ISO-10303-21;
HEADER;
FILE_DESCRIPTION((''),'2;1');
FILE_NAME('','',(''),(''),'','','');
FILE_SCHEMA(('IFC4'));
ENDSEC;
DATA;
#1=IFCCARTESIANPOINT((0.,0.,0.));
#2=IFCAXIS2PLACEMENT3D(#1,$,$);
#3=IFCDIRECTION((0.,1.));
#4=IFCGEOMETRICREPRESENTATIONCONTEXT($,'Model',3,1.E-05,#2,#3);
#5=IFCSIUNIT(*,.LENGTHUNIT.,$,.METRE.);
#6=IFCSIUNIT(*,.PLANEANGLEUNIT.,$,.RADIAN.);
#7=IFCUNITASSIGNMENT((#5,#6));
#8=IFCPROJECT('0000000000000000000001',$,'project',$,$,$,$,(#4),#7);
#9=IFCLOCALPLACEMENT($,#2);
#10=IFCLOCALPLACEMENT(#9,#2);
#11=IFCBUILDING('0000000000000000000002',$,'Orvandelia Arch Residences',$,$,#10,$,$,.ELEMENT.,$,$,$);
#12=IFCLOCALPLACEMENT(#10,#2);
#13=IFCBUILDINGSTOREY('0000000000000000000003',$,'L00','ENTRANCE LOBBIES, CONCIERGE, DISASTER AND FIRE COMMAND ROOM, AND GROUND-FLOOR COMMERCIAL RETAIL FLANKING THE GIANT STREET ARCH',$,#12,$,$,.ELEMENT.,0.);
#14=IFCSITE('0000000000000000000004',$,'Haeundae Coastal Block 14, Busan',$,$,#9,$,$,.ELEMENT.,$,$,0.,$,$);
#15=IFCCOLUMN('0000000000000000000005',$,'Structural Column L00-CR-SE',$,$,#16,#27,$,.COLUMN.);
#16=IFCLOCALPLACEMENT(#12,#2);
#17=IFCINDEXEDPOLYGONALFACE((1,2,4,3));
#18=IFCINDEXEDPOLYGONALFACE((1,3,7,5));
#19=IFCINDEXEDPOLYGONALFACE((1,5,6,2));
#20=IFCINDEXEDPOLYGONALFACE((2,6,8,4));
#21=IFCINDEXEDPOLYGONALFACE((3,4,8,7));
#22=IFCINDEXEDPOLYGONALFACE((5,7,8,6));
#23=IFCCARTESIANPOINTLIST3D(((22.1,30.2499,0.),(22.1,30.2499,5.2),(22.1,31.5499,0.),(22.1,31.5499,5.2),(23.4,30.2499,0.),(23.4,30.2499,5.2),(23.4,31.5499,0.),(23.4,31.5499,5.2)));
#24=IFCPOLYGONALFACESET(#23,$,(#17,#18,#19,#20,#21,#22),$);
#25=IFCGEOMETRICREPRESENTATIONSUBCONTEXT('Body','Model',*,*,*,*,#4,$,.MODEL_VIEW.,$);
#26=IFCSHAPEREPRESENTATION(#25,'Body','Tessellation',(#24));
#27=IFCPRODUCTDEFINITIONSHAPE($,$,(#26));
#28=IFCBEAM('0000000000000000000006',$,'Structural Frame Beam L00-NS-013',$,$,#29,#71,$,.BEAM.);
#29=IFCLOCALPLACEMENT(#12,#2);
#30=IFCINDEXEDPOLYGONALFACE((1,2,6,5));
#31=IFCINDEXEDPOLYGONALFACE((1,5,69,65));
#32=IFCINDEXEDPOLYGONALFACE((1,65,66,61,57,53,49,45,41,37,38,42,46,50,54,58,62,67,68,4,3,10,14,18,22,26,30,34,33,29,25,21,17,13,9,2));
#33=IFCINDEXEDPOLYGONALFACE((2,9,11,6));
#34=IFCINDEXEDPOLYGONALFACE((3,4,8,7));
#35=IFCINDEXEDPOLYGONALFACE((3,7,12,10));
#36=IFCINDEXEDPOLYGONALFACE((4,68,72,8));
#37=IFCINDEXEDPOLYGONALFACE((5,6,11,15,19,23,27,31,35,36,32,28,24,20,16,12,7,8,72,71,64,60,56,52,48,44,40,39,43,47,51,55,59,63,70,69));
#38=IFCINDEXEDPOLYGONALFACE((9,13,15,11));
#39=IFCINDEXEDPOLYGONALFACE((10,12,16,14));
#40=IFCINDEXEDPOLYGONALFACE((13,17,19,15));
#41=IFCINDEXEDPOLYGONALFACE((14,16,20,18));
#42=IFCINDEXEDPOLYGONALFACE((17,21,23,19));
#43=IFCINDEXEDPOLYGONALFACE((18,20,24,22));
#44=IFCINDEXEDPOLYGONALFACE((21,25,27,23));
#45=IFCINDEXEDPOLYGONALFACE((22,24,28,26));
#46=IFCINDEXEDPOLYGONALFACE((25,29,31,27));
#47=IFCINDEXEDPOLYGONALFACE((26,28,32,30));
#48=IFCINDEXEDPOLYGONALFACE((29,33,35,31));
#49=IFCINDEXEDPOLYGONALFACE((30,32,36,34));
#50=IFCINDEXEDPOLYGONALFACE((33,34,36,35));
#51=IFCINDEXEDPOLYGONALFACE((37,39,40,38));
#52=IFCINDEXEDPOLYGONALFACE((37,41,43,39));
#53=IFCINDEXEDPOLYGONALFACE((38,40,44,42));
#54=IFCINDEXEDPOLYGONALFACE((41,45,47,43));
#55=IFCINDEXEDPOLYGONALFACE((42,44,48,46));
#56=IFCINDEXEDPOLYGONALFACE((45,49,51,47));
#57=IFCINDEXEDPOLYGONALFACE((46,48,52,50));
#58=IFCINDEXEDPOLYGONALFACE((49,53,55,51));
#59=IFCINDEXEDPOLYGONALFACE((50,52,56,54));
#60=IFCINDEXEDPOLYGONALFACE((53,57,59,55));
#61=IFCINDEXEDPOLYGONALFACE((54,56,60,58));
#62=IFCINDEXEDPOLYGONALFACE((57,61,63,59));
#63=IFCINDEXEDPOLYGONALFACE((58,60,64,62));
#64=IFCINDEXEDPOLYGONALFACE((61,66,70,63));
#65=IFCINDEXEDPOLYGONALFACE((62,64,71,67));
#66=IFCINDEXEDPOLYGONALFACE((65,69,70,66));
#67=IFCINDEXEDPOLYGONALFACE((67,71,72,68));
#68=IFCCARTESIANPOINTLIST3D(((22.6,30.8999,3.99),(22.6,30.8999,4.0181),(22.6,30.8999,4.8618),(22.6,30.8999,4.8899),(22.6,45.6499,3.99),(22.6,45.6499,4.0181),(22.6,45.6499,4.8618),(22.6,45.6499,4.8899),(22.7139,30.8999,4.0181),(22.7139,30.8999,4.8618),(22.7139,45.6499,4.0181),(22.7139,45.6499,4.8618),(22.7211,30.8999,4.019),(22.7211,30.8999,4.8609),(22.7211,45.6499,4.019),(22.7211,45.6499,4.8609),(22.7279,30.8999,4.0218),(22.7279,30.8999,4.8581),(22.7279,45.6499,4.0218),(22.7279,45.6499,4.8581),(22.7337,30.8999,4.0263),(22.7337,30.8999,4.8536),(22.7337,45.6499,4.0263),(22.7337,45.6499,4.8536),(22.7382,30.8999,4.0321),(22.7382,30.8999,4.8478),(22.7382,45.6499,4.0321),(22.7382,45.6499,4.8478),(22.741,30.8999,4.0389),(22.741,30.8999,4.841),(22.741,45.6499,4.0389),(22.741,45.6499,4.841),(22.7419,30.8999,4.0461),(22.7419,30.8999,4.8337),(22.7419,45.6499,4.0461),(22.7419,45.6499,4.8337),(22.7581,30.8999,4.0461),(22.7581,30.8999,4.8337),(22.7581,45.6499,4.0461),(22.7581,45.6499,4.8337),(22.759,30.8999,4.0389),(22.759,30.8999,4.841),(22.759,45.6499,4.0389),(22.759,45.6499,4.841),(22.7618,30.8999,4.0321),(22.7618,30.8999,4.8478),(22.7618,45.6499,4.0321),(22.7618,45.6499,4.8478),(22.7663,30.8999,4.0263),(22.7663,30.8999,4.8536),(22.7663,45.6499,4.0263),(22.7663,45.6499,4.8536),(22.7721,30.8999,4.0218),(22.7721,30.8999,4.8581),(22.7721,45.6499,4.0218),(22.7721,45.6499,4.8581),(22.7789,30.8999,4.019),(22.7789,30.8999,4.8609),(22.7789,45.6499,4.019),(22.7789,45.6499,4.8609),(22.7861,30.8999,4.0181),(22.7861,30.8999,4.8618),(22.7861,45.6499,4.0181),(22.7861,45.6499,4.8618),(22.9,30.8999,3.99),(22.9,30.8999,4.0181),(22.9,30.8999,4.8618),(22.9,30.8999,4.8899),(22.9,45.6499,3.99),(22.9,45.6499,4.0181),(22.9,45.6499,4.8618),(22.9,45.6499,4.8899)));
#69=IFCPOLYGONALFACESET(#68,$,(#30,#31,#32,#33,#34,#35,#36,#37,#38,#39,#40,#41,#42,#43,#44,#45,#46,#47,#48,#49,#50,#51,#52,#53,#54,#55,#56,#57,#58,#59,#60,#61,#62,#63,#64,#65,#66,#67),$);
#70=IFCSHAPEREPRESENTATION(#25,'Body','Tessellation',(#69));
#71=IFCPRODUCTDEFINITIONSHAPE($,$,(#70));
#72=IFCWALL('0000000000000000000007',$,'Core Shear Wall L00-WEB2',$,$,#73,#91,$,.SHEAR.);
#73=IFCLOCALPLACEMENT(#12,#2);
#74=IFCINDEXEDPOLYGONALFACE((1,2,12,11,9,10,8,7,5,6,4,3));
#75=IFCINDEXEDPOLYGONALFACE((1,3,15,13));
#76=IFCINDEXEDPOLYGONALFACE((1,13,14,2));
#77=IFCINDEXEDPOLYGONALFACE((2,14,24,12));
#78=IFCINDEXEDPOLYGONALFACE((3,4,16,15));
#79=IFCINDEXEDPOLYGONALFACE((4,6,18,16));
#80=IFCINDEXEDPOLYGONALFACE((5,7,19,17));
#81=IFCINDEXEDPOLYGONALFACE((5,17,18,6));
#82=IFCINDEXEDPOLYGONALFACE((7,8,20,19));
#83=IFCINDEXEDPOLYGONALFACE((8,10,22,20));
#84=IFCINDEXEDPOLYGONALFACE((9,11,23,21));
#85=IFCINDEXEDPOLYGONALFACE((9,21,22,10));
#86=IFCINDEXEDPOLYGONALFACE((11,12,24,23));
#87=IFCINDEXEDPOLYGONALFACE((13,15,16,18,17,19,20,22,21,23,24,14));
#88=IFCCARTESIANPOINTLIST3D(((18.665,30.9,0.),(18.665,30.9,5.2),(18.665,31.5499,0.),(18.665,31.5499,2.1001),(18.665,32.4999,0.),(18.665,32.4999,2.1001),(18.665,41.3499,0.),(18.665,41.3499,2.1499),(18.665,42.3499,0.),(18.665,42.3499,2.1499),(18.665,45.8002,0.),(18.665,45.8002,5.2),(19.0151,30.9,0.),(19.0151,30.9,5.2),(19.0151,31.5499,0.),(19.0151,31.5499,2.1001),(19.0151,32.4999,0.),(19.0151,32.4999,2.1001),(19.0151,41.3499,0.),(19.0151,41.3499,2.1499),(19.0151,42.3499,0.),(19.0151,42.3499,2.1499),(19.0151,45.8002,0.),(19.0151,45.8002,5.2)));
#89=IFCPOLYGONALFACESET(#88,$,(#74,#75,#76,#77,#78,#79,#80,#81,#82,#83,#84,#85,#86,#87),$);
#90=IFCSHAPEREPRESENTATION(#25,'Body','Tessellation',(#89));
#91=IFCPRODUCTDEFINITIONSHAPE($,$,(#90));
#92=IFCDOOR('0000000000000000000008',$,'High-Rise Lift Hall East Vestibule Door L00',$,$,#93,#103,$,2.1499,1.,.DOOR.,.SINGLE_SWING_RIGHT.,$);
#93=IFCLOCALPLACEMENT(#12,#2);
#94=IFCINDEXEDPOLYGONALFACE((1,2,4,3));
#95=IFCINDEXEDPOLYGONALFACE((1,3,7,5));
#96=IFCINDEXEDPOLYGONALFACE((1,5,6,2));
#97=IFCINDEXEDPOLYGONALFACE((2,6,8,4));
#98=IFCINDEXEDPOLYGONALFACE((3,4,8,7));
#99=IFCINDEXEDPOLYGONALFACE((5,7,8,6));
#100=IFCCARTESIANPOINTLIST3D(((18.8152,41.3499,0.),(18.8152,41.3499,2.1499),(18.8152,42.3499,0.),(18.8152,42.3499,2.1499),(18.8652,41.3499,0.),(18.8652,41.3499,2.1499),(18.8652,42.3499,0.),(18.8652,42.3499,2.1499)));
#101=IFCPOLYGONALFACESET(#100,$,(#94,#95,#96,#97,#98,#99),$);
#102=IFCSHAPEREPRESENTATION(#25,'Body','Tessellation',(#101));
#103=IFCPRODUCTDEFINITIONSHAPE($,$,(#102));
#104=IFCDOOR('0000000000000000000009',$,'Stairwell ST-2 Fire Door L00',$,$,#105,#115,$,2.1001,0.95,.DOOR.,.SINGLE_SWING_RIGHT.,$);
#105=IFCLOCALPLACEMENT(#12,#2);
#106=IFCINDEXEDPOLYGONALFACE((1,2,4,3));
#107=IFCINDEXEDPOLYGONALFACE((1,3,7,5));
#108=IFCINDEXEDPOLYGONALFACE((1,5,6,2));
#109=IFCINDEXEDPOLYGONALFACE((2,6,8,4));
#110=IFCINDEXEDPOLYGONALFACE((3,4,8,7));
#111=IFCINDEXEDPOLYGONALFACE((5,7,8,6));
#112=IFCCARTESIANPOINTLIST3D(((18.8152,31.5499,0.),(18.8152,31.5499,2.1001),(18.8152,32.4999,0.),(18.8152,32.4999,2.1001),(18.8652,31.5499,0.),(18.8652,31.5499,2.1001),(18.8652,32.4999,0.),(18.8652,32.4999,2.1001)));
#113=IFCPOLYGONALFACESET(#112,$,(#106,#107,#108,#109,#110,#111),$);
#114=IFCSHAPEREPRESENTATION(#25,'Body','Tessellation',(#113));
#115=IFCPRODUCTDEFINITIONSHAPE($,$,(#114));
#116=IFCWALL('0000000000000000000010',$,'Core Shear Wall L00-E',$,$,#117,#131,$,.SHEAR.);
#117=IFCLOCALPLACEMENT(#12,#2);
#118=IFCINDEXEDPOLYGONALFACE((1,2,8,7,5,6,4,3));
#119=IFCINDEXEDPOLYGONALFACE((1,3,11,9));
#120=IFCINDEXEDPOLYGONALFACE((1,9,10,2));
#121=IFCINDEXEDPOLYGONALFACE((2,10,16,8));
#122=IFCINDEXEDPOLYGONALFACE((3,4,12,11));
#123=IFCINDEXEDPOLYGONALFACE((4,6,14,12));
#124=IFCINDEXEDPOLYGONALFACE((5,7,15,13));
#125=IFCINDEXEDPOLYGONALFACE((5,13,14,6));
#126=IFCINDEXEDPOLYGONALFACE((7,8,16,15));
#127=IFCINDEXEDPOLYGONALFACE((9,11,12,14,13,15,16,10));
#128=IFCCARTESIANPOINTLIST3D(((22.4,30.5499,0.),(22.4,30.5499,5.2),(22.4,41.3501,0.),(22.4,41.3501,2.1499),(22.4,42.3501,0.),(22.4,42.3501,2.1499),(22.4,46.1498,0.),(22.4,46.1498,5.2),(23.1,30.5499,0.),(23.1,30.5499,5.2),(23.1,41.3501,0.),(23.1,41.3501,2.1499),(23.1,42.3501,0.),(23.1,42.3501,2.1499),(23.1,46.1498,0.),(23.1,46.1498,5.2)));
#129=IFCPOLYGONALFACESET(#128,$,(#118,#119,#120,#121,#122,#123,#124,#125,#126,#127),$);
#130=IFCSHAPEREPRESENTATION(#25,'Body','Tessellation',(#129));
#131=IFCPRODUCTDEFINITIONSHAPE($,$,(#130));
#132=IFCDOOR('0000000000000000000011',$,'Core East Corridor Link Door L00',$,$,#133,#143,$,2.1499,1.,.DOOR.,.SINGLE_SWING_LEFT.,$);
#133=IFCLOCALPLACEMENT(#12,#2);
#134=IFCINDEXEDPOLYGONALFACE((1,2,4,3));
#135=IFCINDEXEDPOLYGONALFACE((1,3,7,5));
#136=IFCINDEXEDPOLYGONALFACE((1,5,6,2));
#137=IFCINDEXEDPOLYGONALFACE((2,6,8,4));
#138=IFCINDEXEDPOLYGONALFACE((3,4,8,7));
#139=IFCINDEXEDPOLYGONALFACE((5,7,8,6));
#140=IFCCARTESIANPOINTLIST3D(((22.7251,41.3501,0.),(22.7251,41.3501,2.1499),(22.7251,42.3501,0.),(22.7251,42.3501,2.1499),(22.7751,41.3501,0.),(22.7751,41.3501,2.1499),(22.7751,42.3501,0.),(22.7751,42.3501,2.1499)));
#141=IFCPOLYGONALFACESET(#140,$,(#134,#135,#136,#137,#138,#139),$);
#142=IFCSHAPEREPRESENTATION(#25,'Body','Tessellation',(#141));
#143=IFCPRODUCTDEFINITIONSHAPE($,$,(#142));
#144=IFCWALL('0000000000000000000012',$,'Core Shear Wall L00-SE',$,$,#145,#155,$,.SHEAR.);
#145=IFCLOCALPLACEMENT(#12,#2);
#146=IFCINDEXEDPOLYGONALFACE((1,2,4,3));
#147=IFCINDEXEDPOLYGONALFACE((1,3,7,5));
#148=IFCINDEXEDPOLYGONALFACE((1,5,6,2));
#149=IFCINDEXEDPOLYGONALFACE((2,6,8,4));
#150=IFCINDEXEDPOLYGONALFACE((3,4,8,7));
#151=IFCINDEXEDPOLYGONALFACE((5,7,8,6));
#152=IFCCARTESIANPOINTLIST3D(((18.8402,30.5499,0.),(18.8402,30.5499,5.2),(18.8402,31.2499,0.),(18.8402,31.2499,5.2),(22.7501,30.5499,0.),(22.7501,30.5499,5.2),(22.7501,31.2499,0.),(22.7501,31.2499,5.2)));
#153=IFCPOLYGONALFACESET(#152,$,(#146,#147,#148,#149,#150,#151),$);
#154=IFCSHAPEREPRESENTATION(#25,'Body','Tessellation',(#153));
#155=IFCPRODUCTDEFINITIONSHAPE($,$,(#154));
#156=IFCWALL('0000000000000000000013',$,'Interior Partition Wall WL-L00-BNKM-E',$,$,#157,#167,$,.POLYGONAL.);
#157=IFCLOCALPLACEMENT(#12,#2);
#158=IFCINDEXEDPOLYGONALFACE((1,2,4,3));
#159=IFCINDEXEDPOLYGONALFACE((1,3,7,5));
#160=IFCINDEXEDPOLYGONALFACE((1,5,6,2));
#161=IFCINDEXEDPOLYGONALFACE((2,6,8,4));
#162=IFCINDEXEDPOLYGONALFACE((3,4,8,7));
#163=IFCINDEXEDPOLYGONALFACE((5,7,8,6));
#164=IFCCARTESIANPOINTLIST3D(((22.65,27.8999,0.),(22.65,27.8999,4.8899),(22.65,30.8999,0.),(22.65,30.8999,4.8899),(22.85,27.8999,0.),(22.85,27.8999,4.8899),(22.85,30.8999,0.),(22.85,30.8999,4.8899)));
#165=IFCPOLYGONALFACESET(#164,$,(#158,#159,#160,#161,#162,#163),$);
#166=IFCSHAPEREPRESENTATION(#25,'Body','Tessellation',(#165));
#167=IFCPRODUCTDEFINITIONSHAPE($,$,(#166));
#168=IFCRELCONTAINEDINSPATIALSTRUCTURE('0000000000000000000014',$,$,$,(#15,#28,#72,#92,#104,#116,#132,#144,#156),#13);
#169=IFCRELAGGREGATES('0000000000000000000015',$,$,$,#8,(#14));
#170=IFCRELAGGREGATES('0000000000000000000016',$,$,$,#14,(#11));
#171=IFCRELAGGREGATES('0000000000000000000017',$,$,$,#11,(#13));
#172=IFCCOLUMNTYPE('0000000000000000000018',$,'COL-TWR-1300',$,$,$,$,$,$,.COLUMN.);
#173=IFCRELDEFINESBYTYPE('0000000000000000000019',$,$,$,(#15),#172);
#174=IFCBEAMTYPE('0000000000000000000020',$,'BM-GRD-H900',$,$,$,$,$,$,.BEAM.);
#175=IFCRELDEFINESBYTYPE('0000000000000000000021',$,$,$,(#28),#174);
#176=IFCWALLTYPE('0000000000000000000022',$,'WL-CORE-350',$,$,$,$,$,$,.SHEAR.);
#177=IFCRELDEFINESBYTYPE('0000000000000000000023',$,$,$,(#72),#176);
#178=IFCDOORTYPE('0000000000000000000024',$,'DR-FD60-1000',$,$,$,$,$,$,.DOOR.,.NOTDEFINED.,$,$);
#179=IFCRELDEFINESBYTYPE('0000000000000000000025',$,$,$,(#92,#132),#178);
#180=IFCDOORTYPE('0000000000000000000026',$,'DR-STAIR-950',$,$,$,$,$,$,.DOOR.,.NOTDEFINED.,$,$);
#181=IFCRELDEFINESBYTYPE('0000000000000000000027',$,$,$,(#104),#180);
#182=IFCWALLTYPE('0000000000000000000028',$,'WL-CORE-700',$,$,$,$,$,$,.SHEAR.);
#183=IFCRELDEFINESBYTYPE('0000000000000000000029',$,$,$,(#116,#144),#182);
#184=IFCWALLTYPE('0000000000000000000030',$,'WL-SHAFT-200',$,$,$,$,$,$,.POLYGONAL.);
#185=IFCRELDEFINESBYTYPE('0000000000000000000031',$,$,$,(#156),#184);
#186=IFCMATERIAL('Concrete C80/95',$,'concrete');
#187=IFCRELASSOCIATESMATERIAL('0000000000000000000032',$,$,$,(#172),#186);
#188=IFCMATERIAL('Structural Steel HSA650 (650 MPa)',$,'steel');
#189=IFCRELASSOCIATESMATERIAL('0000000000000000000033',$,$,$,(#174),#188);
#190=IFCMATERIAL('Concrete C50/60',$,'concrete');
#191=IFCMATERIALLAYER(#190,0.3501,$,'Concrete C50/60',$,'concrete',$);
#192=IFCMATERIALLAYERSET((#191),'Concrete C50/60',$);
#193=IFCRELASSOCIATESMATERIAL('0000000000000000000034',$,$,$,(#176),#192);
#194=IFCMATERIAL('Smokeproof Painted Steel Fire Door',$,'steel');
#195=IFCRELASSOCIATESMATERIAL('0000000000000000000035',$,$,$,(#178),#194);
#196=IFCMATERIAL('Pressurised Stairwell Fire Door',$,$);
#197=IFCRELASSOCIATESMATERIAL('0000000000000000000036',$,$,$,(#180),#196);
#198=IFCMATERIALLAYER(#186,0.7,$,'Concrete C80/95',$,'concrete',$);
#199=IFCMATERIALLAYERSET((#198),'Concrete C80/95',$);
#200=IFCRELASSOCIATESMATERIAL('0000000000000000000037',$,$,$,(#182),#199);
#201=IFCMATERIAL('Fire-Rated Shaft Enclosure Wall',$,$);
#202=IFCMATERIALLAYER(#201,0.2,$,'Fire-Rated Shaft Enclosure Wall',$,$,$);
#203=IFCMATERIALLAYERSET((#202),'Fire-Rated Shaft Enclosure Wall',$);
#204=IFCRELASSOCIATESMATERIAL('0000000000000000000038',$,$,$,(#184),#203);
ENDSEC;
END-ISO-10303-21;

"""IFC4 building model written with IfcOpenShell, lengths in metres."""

from ifc_helpers import new_model, si_unit, direction, frame, frame_2d, origin, origin_2d, place, context, subcontext, project, spatial, rectangle, i_section, extrude, material, layer, layer_set, material_profile, profile_set, type_object, element, fill, save


model = new_model("IFC4")

# Units and contexts
model_context = context("Model", 3, precision=1e-05, world=origin(), true_north=direction((0.0, 1.0)))
body_context = subcontext(model_context, "Body", "Model", "MODEL_VIEW")
ifc_project = project(units=[si_unit("LENGTHUNIT", "METRE"), si_unit("PLANEANGLEUNIT", "RADIAN")], contexts=[model_context])

# Site, building, storey
site_placement = place(None, origin())
site = spatial("IfcSite", under=ifc_project, at=site_placement, Name="Haeundae Coastal Block 14, Busan", CompositionType="ELEMENT", RefElevation=0.0)
building_placement = place(site_placement, origin())
building = spatial("IfcBuilding", under=site, at=building_placement, Name="Orvandelia Arch Residences", CompositionType="ELEMENT")
storey_placement = place(building_placement, origin())
storey = spatial("IfcBuildingStorey", under=building, at=storey_placement, Name="L00", Description="ENTRANCE LOBBIES, CONCIERGE, DISASTER AND FIRE COMMAND ROOM, AND GROUND-FLOOR COMMERCIAL RETAIL FLANKING THE GIANT STREET ARCH", CompositionType="ELEMENT", Elevation=0.0)

# Column
ifc_material_1 = material(Name="Concrete C80/95", Category="concrete")
ifc_material_profile_1 = material_profile(ifc_material_1, rectangle(XDim=1.3, YDim=1.3, at=origin_2d()), Name="Concrete C80/95", Category="concrete")
ifc_profile_set_1 = profile_set([ifc_material_profile_1], Name="Concrete C80/95")
column_type = type_object("IfcColumnType", Name="COL-TWR-1300", PredefinedType="COLUMN", material=ifc_profile_set_1)
column_placement = place(storey_placement, frame((22.75, 30.8999, 0.0), z_axis=(0.0, 0.0, 1.0), x_axis=(1.0, 0.0, 0.0)))
element("IfcColumn", 1, at=column_placement, inside=storey, type_object=column_type, Name="Structural Column L00-CR-SE", PredefinedType="COLUMN", context=body_context, shape_type="SweptSolid", body=[
    extrude(rectangle(XDim=1.3, YDim=1.3, at=origin_2d()), origin(), (0.0, 0.0, 1.0), 5.2),
])

# Beam
ifc_material_2 = material(Name="Structural Steel HSA650 (650 MPa)", Category="steel")
ifc_material_profile_2 = material_profile(ifc_material_2, i_section(OverallWidth=0.3, OverallDepth=0.8999, WebThickness=0.0161, FlangeThickness=0.0281, FilletRadius=0.0281, at=origin_2d()), Name="Structural Steel HSA650 (650 MPa)", Category="steel")
ifc_profile_set_2 = profile_set([ifc_material_profile_2], Name="Structural Steel HSA650 (650 MPa)")
beam_type = type_object("IfcBeamType", Name="BM-GRD-H900", PredefinedType="BEAM", material=ifc_profile_set_2)
beam_placement = place(storey_placement, frame((22.75, 30.8999, 4.4399), z_axis=(0.0, 1.0, 0.0), x_axis=(-1.0, 0.0, 0.0)))
element("IfcBeam", 2, at=beam_placement, inside=storey, type_object=beam_type, Name="Structural Frame Beam L00-NS-013", PredefinedType="BEAM", context=body_context, shape_type="SweptSolid", body=[
    extrude(i_section(OverallWidth=0.3, OverallDepth=0.8999, WebThickness=0.0161, FlangeThickness=0.0281, FilletRadius=0.0281, at=origin_2d()), origin(), (0.0, 0.0, 1.0), 14.75),
])

# Wall, openings, doors
ifc_material_3 = material(Name="Concrete C50/60", Category="concrete")
ifc_layer_1 = layer(ifc_material_3, 0.3501, Name="Concrete C50/60", Category="concrete")
ifc_layer_set_1 = layer_set([ifc_layer_1], Name="Concrete C50/60")
wall_type_1 = type_object("IfcWallType", Name="WL-CORE-350", PredefinedType="SHEAR", material=ifc_layer_set_1)
wall_1_placement = place(storey_placement, frame((18.8401, 30.8999, 0.0), z_axis=(0.0, 0.0, 1.0), x_axis=(0.0, 1.0, 0.0)))
wall_1 = element("IfcWall", 3, at=wall_1_placement, inside=storey, type_object=wall_type_1, Name="Core Shear Wall L00-WEB2", PredefinedType="SHEAR", context=body_context, shape_type="SweptSolid", body=[
    extrude(rectangle(XDim=14.9001, YDim=0.3501, at=frame_2d((7.4502, 0.0))), origin(), (0.0, 0.0, 1.0), 5.2),
])
opening_1_placement = place(wall_1_placement, frame((0.6499, 0.0, 0.0)))
opening_1 = element("IfcOpeningElement", 4, at=opening_1_placement, cuts=wall_1, PredefinedType="OPENING", context=body_context, shape_type="SweptSolid", body=[
    extrude(rectangle(XDim=0.95, YDim=2.1001, at=frame_2d((0.4751, 1.05))), frame((0.0, 0.1851, 0.0), z_axis=(0.0, -1.0, 0.0), x_axis=(1.0, 0.0, 0.0)), (0.0, 0.0, 1.0), 0.3701),
])
opening_2_placement = place(wall_1_placement, frame((10.45, 0.0, 0.0)))
opening_2 = element("IfcOpeningElement", 5, at=opening_2_placement, cuts=wall_1, PredefinedType="OPENING", context=body_context, shape_type="SweptSolid", body=[
    extrude(rectangle(XDim=1.0, YDim=2.1499, at=frame_2d((0.5, 1.075))), frame((0.0, 0.1851, 0.0), z_axis=(0.0, -1.0, 0.0), x_axis=(1.0, 0.0, 0.0)), (0.0, 0.0, 1.0), 0.3701),
])
ifc_material_4 = material(Name="Smokeproof Painted Steel Fire Door", Category="steel")
door_type_1 = type_object("IfcDoorType", Name="DR-FD60-1000", OperationType="NOTDEFINED", PredefinedType="DOOR", material=ifc_material_4)
door_1_placement = place(opening_2_placement, origin())
door_1 = element("IfcDoor", 6, at=door_1_placement, inside=storey, type_object=door_type_1, Name="High-Rise Lift Hall East Vestibule Door L00", OperationType="SINGLE_SWING_RIGHT", OverallHeight=2.1499, OverallWidth=1.0, PredefinedType="DOOR", context=body_context, shape_type="SweptSolid", body=[
    extrude(rectangle(XDim=1.0, YDim=2.1499, at=frame_2d((0.5, 1.075))), frame((0.0, 0.0249, 0.0), z_axis=(0.0, -1.0, 0.0), x_axis=(1.0, 0.0, 0.0)), (0.0, 0.0, 1.0), 0.05),
])
fill(opening_2, door_1)
ifc_material_5 = material(Name="Pressurised Stairwell Fire Door")
door_type_2 = type_object("IfcDoorType", Name="DR-STAIR-950", OperationType="NOTDEFINED", PredefinedType="DOOR", material=ifc_material_5)
door_2_placement = place(opening_1_placement, origin())
door_2 = element("IfcDoor", 7, at=door_2_placement, inside=storey, type_object=door_type_2, Name="Stairwell ST-2 Fire Door L00", OperationType="SINGLE_SWING_RIGHT", OverallHeight=2.1001, OverallWidth=0.95, PredefinedType="DOOR", context=body_context, shape_type="SweptSolid", body=[
    extrude(rectangle(XDim=0.95, YDim=2.1001, at=frame_2d((0.4751, 1.05))), frame((0.0, 0.0249, 0.0), z_axis=(0.0, -1.0, 0.0), x_axis=(1.0, 0.0, 0.0)), (0.0, 0.0, 1.0), 0.05),
])
fill(opening_1, door_2)

# Wall, opening, door
ifc_layer_2 = layer(ifc_material_1, 0.7, Name="Concrete C80/95", Category="concrete")
ifc_layer_set_2 = layer_set([ifc_layer_2], Name="Concrete C80/95")
wall_type_2 = type_object("IfcWallType", Name="WL-CORE-700", PredefinedType="SHEAR", material=ifc_layer_set_2)
wall_2_placement = place(storey_placement, frame((22.75, 30.55, 0.0), z_axis=(0.0, 0.0, 1.0), x_axis=(0.0, 1.0, 0.0)))
wall_2 = element("IfcWall", 8, at=wall_2_placement, inside=storey, type_object=wall_type_2, Name="Core Shear Wall L00-E", PredefinedType="SHEAR", context=body_context, shape_type="SweptSolid", body=[
    extrude(rectangle(XDim=15.5999, YDim=0.7, at=frame_2d((7.7998, 0.0))), origin(), (0.0, 0.0, 1.0), 5.2),
])
opening_3_placement = place(wall_2_placement, frame((10.8, 0.0, 0.0)))
opening_3 = element("IfcOpeningElement", 9, at=opening_3_placement, cuts=wall_2, PredefinedType="OPENING", context=body_context, shape_type="SweptSolid", body=[
    extrude(rectangle(XDim=1.0, YDim=2.1499, at=frame_2d((0.5, 1.075))), frame((0.0, 0.3599, 0.0), z_axis=(0.0, -1.0, 0.0), x_axis=(1.0, 0.0, 0.0)), (0.0, 0.0, 1.0), 0.72),
])
door_3_placement = place(opening_3_placement, origin())
door_3 = element("IfcDoor", 10, at=door_3_placement, inside=storey, type_object=door_type_1, Name="Core East Corridor Link Door L00", OperationType="SINGLE_SWING_LEFT", OverallHeight=2.1499, OverallWidth=1.0, PredefinedType="DOOR", context=body_context, shape_type="SweptSolid", body=[
    extrude(rectangle(XDim=1.0, YDim=2.1499, at=frame_2d((0.5, 1.075))), frame((0.0, 0.0249, 0.0), z_axis=(0.0, -1.0, 0.0), x_axis=(1.0, 0.0, 0.0)), (0.0, 0.0, 1.0), 0.05),
])
fill(opening_3, door_3)

# Walls
wall_3_placement = place(storey_placement, frame((18.8401, 30.8999, 0.0), z_axis=(0.0, 0.0, 1.0), x_axis=(1.0, 0.0, 0.0)))
element("IfcWall", 11, at=wall_3_placement, inside=storey, type_object=wall_type_2, Name="Core Shear Wall L00-SE", PredefinedType="SHEAR", context=body_context, shape_type="SweptSolid", body=[
    extrude(rectangle(XDim=3.9099, YDim=0.7, at=frame_2d((1.9551, 0.0))), origin(), (0.0, 0.0, 1.0), 5.2),
])
ifc_material_6 = material(Name="Fire-Rated Shaft Enclosure Wall")
ifc_layer_3 = layer(ifc_material_6, 0.2, Name="Fire-Rated Shaft Enclosure Wall")
ifc_layer_set_3 = layer_set([ifc_layer_3], Name="Fire-Rated Shaft Enclosure Wall")
wall_type_3 = type_object("IfcWallType", Name="WL-SHAFT-200", PredefinedType="POLYGONAL", material=ifc_layer_set_3)
wall_4_placement = place(storey_placement, frame((22.75, 27.8999, 0.0), z_axis=(0.0, 0.0, 1.0), x_axis=(0.0, 1.0, 0.0)))
element("IfcWall", 12, at=wall_4_placement, inside=storey, type_object=wall_type_3, Name="Interior Partition Wall WL-L00-BNKM-E", PredefinedType="POLYGONAL", context=body_context, shape_type="SweptSolid", body=[
    extrude(rectangle(XDim=3.0, YDim=0.2, at=frame_2d((1.5, 0.0))), origin(), (0.0, 0.0, 1.0), 4.8899),
])

save(model, "model.ifc")
